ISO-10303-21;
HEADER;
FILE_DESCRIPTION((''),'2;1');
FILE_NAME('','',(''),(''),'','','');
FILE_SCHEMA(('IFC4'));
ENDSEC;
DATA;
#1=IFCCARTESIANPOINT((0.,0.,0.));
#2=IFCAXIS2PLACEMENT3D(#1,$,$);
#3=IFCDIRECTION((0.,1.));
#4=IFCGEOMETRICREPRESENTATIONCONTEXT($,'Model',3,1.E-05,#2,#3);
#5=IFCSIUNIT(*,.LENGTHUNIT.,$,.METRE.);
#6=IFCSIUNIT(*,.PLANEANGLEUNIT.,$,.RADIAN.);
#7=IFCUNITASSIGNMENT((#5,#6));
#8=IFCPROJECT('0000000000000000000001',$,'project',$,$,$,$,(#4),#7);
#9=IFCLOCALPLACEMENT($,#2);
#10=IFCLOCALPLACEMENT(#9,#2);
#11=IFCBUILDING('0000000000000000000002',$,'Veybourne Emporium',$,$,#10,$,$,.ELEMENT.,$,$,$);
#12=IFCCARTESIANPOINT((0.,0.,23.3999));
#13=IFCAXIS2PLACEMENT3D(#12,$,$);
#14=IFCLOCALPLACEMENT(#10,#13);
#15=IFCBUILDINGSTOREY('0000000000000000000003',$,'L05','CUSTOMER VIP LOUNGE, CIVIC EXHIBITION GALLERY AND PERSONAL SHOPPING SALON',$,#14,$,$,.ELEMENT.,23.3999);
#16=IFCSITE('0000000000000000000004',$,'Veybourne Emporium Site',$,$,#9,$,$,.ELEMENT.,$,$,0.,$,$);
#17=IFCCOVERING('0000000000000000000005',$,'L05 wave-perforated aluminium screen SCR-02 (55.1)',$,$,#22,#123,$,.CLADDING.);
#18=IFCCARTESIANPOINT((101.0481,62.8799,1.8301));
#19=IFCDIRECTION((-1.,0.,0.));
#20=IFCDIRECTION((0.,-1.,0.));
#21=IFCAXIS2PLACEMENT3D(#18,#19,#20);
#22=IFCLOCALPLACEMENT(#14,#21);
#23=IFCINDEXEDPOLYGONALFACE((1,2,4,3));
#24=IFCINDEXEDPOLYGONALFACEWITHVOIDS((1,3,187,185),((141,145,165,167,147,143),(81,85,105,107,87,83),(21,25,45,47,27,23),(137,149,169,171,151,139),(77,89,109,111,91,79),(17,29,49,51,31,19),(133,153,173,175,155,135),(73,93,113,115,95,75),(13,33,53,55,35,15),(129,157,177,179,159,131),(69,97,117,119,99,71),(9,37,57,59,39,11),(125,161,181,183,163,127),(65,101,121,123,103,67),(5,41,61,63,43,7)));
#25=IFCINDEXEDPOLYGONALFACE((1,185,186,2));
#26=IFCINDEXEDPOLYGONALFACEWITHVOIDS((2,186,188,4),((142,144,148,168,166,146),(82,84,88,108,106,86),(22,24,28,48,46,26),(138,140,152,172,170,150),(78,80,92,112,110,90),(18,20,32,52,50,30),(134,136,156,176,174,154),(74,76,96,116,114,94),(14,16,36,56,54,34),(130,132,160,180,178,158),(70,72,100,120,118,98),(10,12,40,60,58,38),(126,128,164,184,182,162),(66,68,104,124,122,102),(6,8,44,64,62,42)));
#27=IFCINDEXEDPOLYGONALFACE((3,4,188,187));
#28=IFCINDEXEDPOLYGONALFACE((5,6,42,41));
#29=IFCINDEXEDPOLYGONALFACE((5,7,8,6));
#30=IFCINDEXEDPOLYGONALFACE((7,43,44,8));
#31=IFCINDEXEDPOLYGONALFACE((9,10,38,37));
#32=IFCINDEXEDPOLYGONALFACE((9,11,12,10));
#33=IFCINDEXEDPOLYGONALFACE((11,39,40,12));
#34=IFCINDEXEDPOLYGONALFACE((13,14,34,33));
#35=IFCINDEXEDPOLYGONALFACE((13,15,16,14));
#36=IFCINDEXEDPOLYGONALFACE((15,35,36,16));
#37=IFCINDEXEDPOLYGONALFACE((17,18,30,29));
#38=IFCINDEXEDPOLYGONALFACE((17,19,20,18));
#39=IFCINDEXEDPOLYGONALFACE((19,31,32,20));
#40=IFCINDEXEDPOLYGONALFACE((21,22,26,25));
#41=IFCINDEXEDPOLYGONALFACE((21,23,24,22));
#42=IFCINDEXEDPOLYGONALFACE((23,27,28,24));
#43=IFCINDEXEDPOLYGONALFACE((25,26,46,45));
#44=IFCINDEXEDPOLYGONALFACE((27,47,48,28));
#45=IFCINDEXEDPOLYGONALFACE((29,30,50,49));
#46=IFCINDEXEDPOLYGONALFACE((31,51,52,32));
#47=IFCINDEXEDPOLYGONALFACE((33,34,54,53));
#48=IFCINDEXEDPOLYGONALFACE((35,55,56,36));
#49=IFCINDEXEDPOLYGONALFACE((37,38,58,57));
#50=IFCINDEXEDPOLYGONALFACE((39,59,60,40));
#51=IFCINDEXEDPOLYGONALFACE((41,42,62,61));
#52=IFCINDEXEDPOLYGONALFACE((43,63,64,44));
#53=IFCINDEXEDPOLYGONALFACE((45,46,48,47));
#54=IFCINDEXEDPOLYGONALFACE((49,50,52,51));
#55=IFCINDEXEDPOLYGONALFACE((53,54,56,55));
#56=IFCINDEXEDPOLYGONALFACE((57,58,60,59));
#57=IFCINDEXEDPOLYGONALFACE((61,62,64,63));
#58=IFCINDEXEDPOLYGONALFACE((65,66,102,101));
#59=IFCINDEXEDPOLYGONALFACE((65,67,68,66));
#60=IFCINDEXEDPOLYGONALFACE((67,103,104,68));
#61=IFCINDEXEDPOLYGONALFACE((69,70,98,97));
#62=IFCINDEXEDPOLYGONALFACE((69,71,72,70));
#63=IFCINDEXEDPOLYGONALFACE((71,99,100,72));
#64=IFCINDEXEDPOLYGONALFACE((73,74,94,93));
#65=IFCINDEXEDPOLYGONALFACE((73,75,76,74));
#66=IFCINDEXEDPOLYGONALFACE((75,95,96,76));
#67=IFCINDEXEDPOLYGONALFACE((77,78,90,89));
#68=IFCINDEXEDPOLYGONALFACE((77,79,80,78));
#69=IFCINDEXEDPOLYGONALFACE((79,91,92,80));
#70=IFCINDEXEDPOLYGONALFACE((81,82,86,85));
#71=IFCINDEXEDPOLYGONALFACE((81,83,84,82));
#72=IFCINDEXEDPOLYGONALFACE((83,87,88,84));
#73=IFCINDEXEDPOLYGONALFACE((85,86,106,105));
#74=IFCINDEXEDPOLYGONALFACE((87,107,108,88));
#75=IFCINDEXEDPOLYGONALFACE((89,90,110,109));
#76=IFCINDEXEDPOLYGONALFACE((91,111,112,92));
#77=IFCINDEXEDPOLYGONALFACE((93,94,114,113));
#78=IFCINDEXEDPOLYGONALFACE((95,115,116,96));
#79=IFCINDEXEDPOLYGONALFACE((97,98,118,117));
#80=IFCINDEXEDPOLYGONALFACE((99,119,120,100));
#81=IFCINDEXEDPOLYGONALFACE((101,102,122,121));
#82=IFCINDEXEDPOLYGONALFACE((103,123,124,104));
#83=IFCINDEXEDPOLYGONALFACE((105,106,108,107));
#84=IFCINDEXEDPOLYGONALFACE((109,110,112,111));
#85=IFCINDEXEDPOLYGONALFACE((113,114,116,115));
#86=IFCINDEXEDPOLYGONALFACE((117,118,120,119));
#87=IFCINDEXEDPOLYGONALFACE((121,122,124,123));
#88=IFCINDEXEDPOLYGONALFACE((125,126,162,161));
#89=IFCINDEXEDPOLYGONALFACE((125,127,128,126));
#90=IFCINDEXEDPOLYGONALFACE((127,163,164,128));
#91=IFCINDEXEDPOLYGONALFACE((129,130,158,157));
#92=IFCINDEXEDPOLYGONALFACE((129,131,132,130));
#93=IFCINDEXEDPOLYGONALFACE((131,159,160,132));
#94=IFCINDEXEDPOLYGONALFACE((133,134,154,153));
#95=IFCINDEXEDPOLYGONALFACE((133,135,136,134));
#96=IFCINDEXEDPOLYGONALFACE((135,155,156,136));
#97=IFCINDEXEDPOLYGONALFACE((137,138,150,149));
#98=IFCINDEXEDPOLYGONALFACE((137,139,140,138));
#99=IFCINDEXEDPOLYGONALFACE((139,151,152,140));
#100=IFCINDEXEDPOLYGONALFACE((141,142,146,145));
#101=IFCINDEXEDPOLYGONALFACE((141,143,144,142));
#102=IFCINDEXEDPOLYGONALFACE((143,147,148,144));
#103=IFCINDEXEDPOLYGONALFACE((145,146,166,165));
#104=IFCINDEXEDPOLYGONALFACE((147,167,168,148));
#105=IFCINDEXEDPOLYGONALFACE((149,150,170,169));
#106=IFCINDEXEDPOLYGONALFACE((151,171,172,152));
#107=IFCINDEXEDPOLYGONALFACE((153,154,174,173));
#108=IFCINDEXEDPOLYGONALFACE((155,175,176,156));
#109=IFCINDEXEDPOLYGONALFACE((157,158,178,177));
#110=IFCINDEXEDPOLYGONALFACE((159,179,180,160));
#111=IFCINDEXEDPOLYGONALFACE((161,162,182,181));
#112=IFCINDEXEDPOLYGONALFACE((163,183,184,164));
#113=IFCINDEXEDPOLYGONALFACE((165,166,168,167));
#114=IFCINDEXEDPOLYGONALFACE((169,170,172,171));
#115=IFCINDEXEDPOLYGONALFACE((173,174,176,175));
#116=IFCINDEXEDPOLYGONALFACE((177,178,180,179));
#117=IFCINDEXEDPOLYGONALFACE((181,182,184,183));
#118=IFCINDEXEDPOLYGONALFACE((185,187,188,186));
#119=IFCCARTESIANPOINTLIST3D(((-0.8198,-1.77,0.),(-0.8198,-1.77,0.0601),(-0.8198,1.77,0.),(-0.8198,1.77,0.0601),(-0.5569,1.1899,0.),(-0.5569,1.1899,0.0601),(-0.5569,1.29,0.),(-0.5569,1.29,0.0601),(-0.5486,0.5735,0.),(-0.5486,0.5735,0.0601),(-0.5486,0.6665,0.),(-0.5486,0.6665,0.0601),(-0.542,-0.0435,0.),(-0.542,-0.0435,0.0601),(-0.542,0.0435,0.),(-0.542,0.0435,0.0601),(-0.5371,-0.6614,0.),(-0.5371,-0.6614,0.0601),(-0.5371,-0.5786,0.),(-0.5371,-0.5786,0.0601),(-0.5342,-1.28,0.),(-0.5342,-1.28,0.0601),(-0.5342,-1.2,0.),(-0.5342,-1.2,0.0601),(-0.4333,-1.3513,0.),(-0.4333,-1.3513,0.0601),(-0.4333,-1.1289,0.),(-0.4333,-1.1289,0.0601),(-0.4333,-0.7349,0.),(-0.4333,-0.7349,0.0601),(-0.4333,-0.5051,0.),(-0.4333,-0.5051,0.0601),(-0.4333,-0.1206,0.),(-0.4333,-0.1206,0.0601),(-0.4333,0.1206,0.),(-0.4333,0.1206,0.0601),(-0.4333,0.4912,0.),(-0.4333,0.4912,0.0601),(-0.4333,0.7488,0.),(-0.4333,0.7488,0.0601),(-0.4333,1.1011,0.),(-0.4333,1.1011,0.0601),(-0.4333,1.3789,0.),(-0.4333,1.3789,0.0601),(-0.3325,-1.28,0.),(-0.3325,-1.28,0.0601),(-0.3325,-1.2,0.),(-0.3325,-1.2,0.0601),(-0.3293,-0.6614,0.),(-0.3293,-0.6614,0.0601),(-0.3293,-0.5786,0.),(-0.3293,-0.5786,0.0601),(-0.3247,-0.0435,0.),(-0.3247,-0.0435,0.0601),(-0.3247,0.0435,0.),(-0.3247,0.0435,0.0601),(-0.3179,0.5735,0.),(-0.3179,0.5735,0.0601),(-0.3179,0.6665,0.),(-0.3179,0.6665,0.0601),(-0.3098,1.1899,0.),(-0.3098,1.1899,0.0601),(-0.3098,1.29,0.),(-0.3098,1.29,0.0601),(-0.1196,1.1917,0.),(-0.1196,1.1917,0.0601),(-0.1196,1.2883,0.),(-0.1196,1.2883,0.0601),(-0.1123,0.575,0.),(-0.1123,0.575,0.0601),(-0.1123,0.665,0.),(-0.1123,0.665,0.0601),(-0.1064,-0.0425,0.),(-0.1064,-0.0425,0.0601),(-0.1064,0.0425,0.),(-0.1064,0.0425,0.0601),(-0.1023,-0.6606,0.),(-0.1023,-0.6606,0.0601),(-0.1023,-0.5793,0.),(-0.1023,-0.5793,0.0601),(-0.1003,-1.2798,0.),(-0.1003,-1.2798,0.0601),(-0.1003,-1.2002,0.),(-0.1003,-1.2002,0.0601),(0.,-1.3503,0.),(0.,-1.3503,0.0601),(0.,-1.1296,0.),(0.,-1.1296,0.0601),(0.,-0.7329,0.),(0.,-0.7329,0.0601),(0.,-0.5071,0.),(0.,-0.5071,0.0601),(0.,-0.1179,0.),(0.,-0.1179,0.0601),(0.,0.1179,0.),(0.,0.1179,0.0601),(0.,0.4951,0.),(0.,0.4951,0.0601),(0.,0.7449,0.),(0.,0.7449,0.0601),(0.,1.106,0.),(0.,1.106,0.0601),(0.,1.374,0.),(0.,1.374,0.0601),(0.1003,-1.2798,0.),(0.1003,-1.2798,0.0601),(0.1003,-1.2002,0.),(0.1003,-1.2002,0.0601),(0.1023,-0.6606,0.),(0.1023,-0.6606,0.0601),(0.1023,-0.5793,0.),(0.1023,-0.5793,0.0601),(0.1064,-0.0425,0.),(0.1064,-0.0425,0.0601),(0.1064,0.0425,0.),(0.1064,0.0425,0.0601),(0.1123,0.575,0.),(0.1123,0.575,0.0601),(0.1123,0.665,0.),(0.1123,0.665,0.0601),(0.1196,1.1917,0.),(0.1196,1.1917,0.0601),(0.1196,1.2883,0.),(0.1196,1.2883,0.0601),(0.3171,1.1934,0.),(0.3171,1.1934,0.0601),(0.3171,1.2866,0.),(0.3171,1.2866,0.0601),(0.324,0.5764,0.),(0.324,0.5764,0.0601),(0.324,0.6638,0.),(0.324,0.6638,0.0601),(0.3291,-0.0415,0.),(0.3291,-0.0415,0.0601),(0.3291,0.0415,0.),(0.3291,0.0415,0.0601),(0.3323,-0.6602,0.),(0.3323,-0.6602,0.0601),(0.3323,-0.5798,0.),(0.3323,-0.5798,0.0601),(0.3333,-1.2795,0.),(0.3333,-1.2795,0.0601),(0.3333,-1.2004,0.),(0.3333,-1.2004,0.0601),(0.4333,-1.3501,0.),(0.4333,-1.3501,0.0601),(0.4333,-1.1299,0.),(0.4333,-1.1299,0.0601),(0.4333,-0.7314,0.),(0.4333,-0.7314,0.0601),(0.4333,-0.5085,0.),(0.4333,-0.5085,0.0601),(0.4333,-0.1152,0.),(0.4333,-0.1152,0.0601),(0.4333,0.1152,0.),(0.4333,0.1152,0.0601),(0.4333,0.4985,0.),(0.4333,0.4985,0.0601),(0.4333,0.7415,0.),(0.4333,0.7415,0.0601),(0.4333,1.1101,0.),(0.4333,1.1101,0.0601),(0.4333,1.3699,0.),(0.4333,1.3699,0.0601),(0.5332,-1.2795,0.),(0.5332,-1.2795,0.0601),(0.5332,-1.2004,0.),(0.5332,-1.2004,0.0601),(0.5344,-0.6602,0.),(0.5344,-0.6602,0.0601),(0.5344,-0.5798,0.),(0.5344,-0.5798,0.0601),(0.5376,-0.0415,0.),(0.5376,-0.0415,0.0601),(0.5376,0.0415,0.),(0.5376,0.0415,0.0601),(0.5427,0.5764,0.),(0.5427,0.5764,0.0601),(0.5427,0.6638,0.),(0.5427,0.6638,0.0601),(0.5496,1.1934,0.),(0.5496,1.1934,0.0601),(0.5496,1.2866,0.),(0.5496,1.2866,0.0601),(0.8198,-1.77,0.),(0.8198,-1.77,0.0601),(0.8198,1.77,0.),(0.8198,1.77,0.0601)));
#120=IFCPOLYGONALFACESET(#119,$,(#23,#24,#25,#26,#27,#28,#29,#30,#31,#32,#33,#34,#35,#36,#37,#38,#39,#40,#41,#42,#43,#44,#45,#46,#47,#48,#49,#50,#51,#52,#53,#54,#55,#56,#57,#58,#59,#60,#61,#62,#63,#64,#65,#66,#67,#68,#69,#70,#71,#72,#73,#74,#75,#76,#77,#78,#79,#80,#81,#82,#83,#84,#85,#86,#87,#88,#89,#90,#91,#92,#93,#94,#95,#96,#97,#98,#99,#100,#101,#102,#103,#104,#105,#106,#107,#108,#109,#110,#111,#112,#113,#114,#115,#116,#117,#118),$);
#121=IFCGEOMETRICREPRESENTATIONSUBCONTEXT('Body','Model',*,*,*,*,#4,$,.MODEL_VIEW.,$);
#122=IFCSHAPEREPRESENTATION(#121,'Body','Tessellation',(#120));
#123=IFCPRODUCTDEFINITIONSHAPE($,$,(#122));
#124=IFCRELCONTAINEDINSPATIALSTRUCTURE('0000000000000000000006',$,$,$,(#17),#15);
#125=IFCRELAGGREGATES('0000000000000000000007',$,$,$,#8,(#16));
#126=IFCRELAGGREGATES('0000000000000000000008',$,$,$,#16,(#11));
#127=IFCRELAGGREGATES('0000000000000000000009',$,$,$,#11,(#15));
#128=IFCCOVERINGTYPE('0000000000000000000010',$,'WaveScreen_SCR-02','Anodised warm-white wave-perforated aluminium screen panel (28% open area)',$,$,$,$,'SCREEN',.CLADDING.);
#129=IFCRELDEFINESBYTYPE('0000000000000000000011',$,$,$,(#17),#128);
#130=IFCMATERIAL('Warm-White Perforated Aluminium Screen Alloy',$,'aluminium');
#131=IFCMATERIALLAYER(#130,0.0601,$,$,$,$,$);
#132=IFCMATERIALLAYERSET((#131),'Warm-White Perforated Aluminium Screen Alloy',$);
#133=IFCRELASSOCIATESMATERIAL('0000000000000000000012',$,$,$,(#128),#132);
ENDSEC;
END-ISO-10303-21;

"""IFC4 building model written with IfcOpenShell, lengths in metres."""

from ifc_helpers import new_model, si_unit, direction, frame, origin, place, context, subcontext, project, spatial, polyline, outline, extrude, material, layer, layer_set, type_object, element, save


model = new_model("IFC4")

# Units and contexts
model_context = context("Model", 3, precision=1e-05, world=origin(), true_north=direction((0.0, 1.0)))
body_context = subcontext(model_context, "Body", "Model", "MODEL_VIEW")
ifc_project = project(units=[si_unit("LENGTHUNIT", "METRE"), si_unit("PLANEANGLEUNIT", "RADIAN")], contexts=[model_context])

# Site, building, storey
site_placement = place(None, origin())
site = spatial("IfcSite", under=ifc_project, at=site_placement, Name="Veybourne Emporium Site", CompositionType="ELEMENT", RefElevation=0.0)
building_placement = place(site_placement, origin())
building = spatial("IfcBuilding", under=site, at=building_placement, Name="Veybourne Emporium", CompositionType="ELEMENT")
storey_placement = place(building_placement, frame((0.0, 0.0, 23.3999)))
storey = spatial("IfcBuildingStorey", under=building, at=storey_placement, Name="L05", Description="CUSTOMER VIP LOUNGE, CIVIC EXHIBITION GALLERY AND PERSONAL SHOPPING SALON", CompositionType="ELEMENT", Elevation=23.3999)

# Covering
ifc_material_1 = material(Name="Warm-White Perforated Aluminium Screen Alloy", Category="aluminium")
ifc_layer_1 = layer(ifc_material_1, 0.0601)
ifc_layer_set_1 = layer_set([ifc_layer_1], Name="Warm-White Perforated Aluminium Screen Alloy")
covering_type_1 = type_object("IfcCoveringType", Name="WaveScreen_SCR-02", Description="Anodised warm-white wave-perforated aluminium screen panel (28% open area)", ElementType="SCREEN", PredefinedType="CLADDING", material=ifc_layer_set_1)
covering_1_placement = place(storey_placement, frame((101.0481, 62.8799, 1.8301), z_axis=(-1.0, 0.0, 0.0), x_axis=(0.0, -1.0, 0.0)))
element("IfcCovering", 1, at=covering_1_placement, inside=storey, type_object=covering_type_1, Name="L05 wave-perforated aluminium screen SCR-02 (55.1)", PredefinedType="CLADDING", context=body_context, shape_type="SweptSolid", body=[
    extrude(outline(polyline([(-0.8198, -1.77), (0.8198, -1.77), (0.8198, 1.77), (-0.8198, 1.77), (-0.8198, -1.77)]), holes=[polyline([(-0.4333, -1.1289), (-0.3325, -1.2), (-0.3325, -1.28), (-0.4333, -1.3513), (-0.5342, -1.28), (-0.5342, -1.2), (-0.4333, -1.1289)]), polyline([(-0.4333, -0.5051), (-0.3293, -0.5786), (-0.3293, -0.6614), (-0.4333, -0.7349), (-0.5371, -0.6614), (-0.5371, -0.5786), (-0.4333, -0.5051)]), polyline([(-0.4333, 0.1206), (-0.3247, 0.0435), (-0.3247, -0.0435), (-0.4333, -0.1206), (-0.542, -0.0435), (-0.542, 0.0435), (-0.4333, 0.1206)]), polyline([(-0.4333, 0.7488), (-0.3179, 0.6665), (-0.3179, 0.5735), (-0.4333, 0.4912), (-0.5486, 0.5735), (-0.5486, 0.6665), (-0.4333, 0.7488)]), polyline([(-0.4333, 1.3789), (-0.3098, 1.29), (-0.3098, 1.1899), (-0.4333, 1.1011), (-0.5569, 1.1899), (-0.5569, 1.29), (-0.4333, 1.3789)]), polyline([(0.0, -1.1296), (0.1003, -1.2002), (0.1003, -1.2798), (0.0, -1.3503), (-0.1003, -1.2798), (-0.1003, -1.2002), (0.0, -1.1296)]), polyline([(0.0, -0.5071), (0.1023, -0.5793), (0.1023, -0.6606), (0.0, -0.7329), (-0.1023, -0.6606), (-0.1023, -0.5793), (0.0, -0.5071)]), polyline([(0.0, 0.1179), (0.1064, 0.0425), (0.1064, -0.0425), (0.0, -0.1179), (-0.1064, -0.0425), (-0.1064, 0.0425), (0.0, 0.1179)]), polyline([(0.0, 0.7449), (0.1123, 0.665), (0.1123, 0.575), (0.0, 0.4951), (-0.1123, 0.575), (-0.1123, 0.665), (0.0, 0.7449)]), polyline([(0.0, 1.374), (0.1196, 1.2883), (0.1196, 1.1917), (0.0, 1.106), (-0.1196, 1.1917), (-0.1196, 1.2883), (0.0, 1.374)]), polyline([(0.4333, -1.1299), (0.5332, -1.2004), (0.5332, -1.2795), (0.4333, -1.3501), (0.3333, -1.2795), (0.3333, -1.2004), (0.4333, -1.1299)]), polyline([(0.4333, -0.5085), (0.5344, -0.5798), (0.5344, -0.6602), (0.4333, -0.7314), (0.3323, -0.6602), (0.3323, -0.5798), (0.4333, -0.5085)]), polyline([(0.4333, 0.1152), (0.5376, 0.0415), (0.5376, -0.0415), (0.4333, -0.1152), (0.3291, -0.0415), (0.3291, 0.0415), (0.4333, 0.1152)]), polyline([(0.4333, 0.7415), (0.5427, 0.6638), (0.5427, 0.5764), (0.4333, 0.4985), (0.324, 0.5764), (0.324, 0.6638), (0.4333, 0.7415)]), polyline([(0.4333, 1.3699), (0.5496, 1.2866), (0.5496, 1.1934), (0.4333, 1.1101), (0.3171, 1.1934), (0.3171, 1.2866), (0.4333, 1.3699)])]), origin(), (0.0, 0.0, 1.0), 0.0601),
])

save(model, "model.ifc")
